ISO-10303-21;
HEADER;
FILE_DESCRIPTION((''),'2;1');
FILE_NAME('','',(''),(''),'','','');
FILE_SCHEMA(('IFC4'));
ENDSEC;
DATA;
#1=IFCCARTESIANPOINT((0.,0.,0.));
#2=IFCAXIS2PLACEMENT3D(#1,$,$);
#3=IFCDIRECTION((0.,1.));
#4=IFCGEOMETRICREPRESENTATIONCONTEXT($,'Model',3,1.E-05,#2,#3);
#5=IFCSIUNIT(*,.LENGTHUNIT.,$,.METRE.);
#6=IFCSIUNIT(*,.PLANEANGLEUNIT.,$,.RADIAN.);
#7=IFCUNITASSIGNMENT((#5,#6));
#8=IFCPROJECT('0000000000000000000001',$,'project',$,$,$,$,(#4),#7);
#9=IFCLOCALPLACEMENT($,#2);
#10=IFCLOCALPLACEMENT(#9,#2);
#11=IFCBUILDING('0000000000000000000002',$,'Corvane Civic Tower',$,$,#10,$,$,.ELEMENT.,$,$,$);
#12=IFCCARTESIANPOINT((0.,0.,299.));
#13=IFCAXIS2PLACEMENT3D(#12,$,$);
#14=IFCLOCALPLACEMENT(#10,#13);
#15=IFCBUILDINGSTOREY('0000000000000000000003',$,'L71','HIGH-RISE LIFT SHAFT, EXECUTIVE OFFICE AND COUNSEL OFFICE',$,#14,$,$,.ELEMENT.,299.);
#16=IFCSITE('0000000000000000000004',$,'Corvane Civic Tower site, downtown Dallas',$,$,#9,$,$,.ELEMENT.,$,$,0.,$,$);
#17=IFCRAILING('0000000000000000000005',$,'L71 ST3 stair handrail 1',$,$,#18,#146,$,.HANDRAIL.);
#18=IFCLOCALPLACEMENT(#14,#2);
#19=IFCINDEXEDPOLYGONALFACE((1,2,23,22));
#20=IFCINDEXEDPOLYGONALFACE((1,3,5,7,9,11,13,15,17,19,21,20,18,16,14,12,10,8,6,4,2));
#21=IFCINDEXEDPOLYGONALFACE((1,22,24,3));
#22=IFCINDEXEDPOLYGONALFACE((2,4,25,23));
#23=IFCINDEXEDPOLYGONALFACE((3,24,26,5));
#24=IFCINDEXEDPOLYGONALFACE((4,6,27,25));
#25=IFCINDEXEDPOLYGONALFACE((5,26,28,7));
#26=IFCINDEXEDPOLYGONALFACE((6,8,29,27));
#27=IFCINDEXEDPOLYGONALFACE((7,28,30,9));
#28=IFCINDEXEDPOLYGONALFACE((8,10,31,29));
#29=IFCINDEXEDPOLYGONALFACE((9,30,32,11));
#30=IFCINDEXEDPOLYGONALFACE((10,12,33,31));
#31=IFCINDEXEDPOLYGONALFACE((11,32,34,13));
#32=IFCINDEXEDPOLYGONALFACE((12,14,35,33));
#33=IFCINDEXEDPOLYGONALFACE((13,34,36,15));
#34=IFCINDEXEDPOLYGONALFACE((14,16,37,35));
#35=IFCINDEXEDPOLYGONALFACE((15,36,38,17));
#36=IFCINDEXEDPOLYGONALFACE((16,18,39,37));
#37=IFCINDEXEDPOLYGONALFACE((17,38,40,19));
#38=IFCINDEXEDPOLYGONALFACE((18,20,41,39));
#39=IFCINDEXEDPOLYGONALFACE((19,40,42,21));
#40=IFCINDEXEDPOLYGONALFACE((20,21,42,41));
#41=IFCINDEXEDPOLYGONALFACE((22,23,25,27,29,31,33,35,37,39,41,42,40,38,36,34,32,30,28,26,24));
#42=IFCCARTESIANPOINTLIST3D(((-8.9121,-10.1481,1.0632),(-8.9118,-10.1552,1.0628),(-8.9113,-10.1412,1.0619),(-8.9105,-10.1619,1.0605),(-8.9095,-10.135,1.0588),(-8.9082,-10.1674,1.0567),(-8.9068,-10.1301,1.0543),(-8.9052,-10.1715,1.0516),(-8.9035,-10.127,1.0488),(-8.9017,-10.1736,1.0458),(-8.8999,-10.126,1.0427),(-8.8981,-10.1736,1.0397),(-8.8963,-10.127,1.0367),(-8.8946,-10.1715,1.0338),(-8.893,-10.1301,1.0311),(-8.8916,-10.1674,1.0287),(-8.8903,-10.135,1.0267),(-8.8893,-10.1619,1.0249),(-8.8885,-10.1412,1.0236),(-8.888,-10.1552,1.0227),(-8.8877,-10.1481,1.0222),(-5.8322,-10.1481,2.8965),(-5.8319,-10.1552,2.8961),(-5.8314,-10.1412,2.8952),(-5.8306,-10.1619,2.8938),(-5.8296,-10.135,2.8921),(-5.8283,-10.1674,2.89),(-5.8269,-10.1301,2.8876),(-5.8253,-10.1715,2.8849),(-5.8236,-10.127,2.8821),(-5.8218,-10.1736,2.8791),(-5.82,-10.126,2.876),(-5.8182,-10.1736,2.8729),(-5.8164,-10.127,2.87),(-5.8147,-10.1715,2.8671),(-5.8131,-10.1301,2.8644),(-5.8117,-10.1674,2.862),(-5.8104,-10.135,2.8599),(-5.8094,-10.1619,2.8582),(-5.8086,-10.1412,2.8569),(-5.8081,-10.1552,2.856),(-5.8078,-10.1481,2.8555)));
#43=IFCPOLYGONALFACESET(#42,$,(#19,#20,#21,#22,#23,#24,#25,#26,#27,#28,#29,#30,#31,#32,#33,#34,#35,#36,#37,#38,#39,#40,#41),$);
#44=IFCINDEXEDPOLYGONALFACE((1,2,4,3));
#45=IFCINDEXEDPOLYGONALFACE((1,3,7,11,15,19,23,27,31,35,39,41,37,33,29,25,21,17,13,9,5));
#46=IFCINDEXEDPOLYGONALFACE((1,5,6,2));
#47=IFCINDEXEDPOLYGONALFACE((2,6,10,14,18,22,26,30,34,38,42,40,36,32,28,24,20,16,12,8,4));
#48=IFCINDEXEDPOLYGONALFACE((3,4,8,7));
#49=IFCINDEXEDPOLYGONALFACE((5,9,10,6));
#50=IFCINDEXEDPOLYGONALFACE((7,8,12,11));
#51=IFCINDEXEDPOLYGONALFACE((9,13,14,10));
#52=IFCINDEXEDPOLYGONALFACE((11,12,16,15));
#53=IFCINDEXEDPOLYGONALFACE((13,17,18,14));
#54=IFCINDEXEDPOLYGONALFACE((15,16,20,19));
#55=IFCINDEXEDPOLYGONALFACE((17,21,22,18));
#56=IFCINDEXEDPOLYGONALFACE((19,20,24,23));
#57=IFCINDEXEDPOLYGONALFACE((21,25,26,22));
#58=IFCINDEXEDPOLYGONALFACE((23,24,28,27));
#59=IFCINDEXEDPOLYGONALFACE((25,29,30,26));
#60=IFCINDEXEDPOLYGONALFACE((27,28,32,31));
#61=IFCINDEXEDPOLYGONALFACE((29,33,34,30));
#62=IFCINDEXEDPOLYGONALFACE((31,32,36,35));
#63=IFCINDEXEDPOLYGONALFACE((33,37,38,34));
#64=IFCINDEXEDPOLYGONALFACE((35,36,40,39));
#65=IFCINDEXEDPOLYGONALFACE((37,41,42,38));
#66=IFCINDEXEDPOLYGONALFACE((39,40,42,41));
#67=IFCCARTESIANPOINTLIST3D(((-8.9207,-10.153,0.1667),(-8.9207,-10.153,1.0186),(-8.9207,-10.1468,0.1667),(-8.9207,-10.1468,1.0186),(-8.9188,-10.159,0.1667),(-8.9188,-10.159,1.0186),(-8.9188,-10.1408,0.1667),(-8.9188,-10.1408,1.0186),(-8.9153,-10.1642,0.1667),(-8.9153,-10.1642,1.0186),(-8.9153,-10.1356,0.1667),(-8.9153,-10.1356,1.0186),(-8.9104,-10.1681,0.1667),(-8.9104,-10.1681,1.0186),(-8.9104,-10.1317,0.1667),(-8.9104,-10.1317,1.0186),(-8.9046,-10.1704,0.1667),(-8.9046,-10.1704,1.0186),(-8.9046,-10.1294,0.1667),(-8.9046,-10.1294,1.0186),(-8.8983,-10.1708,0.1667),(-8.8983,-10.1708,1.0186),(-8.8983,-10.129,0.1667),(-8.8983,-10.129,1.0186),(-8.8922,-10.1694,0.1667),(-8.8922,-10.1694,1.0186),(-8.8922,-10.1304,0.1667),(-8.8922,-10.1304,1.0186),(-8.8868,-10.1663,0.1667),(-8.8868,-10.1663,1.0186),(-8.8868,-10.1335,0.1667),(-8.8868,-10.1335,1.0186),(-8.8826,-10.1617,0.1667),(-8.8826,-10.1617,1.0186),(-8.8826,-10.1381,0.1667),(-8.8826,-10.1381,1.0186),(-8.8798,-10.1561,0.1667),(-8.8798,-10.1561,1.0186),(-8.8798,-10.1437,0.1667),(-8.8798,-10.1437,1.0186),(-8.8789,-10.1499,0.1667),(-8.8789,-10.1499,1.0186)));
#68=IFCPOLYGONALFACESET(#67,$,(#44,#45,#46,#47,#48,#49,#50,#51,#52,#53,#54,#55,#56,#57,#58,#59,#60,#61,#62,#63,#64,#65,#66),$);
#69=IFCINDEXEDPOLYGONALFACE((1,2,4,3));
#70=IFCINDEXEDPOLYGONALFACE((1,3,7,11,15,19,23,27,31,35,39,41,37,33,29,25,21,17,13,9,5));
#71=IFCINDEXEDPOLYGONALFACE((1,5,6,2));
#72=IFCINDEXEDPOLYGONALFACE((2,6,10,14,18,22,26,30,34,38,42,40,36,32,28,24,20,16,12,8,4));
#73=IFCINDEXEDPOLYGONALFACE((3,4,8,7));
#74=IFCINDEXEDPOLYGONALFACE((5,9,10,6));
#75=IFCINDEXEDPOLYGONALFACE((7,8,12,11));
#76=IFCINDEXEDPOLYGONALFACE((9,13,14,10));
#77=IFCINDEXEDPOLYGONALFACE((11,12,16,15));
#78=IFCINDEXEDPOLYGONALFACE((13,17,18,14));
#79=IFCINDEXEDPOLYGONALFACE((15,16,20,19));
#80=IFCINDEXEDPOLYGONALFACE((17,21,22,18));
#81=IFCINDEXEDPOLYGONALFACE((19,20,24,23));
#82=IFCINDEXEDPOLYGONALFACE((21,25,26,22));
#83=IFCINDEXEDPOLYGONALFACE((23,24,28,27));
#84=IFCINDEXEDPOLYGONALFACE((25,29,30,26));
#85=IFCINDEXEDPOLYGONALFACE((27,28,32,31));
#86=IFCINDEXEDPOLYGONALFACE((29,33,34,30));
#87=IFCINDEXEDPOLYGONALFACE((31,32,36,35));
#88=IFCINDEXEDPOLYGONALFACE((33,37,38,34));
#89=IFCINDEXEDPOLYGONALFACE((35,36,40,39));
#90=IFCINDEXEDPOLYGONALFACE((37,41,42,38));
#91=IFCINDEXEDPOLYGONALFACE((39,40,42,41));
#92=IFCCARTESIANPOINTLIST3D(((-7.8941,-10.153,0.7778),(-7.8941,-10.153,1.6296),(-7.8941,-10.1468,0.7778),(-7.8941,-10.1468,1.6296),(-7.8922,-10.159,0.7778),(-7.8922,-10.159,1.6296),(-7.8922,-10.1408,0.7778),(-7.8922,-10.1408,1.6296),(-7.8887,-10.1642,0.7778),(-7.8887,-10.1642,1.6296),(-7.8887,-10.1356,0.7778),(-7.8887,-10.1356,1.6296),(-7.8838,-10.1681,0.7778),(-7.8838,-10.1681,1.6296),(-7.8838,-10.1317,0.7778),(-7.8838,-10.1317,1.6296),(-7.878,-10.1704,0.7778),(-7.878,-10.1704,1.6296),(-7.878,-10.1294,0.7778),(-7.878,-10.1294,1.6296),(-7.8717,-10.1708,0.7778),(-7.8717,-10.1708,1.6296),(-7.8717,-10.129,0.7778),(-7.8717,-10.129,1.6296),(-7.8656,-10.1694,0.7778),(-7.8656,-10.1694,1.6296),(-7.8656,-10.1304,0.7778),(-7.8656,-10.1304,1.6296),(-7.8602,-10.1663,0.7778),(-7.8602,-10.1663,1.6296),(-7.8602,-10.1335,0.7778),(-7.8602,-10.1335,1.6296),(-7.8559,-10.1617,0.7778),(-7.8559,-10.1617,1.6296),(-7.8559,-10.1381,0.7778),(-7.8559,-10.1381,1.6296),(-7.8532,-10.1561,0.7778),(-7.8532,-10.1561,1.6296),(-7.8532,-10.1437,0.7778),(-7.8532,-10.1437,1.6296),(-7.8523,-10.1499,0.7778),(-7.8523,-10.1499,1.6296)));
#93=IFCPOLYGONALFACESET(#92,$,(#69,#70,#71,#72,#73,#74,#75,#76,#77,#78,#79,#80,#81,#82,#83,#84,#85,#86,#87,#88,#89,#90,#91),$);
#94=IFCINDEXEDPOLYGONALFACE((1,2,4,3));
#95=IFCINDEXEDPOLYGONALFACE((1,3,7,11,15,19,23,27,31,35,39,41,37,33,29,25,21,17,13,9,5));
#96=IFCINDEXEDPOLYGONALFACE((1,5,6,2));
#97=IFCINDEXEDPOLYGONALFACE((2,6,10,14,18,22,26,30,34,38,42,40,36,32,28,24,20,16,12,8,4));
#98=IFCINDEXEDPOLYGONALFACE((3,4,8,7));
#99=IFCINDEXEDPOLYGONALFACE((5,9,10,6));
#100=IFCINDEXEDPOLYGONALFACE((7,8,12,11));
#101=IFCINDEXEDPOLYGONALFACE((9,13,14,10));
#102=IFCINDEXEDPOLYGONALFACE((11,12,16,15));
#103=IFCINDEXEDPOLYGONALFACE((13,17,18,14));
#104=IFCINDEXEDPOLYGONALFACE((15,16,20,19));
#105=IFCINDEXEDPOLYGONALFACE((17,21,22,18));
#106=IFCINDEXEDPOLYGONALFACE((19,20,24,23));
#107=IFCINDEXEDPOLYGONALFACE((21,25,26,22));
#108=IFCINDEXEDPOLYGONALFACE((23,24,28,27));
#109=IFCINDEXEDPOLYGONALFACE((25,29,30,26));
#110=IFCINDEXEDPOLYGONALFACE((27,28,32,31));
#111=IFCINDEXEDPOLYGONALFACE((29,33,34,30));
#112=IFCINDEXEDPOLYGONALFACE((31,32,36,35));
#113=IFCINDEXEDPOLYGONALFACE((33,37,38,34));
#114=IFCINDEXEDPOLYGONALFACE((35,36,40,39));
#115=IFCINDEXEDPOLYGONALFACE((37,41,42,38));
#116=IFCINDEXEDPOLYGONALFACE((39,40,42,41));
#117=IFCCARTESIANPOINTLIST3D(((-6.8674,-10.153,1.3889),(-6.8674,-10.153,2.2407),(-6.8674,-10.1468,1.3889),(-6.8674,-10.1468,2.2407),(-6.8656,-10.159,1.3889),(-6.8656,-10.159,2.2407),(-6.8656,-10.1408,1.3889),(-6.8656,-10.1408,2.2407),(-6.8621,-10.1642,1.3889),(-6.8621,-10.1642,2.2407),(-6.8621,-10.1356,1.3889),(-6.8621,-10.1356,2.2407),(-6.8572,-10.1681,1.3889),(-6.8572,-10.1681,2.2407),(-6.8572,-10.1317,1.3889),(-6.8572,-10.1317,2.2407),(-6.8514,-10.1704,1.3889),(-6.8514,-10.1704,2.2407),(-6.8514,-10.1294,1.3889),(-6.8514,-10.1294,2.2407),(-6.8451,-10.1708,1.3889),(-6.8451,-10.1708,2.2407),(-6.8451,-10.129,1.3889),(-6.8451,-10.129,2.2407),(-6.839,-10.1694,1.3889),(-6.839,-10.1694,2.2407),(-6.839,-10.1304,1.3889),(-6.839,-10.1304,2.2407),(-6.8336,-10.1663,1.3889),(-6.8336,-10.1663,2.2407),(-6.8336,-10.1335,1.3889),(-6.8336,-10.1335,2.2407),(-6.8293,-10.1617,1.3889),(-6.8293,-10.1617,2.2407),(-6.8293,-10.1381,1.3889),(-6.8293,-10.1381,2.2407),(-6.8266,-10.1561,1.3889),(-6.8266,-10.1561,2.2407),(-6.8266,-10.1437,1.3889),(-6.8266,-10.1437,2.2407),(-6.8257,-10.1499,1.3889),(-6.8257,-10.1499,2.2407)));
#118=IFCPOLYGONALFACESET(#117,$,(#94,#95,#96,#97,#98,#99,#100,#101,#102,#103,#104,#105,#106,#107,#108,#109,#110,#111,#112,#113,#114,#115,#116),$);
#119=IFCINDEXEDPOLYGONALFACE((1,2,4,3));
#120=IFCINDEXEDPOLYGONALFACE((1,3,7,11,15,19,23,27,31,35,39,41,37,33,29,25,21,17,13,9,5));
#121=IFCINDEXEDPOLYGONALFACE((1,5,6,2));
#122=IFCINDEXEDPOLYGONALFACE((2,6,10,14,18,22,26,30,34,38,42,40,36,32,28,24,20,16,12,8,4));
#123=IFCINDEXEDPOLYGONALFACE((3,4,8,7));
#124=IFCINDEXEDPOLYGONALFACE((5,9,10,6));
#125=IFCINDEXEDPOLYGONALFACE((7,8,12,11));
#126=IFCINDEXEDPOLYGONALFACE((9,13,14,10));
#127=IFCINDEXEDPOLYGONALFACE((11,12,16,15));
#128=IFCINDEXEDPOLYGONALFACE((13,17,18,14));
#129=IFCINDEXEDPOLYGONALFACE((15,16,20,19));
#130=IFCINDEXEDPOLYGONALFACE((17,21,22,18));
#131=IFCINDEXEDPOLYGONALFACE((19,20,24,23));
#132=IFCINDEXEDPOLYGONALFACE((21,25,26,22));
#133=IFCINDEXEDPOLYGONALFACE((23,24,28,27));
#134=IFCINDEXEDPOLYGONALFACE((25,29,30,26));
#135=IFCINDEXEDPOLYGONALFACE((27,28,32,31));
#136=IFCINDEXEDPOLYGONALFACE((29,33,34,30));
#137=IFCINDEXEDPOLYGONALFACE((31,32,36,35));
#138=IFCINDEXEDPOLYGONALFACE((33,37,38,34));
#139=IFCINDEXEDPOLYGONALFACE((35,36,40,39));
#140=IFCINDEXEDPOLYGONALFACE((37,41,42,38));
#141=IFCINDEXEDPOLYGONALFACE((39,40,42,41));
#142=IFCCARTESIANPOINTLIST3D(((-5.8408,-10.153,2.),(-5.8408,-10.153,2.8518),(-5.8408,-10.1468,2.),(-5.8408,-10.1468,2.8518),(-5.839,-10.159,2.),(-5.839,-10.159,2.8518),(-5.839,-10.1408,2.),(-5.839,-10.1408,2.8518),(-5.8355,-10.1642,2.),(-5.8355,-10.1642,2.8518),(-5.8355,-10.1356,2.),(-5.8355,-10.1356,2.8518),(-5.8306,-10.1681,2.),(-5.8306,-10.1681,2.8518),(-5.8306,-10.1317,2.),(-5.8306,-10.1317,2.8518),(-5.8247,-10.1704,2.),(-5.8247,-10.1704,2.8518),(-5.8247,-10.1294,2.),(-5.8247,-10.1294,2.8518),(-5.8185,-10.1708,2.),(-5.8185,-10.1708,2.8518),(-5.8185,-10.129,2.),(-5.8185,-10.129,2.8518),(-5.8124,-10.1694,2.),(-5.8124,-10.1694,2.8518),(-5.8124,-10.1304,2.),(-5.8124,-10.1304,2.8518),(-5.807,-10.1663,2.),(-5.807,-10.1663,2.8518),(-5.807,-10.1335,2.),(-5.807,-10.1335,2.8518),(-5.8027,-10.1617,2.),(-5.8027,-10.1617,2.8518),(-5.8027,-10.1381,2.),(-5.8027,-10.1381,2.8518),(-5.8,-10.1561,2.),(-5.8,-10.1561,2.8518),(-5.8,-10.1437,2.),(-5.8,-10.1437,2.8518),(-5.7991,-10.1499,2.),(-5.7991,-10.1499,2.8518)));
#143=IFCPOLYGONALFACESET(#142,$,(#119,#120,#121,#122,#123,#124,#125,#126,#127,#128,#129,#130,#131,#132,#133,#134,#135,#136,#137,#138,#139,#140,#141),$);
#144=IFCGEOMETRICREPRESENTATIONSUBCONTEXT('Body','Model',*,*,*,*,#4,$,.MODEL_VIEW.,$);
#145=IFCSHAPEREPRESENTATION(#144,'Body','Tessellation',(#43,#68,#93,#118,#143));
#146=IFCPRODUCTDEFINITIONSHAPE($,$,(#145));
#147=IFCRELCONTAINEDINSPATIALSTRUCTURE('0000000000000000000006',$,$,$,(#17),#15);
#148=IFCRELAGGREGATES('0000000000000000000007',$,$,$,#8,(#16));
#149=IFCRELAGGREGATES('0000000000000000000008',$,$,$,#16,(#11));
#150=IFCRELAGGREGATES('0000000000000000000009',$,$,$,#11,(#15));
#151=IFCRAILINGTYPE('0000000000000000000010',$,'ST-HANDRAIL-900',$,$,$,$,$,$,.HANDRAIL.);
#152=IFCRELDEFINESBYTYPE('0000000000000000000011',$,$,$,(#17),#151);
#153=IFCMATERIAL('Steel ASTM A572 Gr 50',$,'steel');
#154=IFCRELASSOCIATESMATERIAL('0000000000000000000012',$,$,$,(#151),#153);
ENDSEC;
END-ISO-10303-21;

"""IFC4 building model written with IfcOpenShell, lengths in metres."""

from ifc_helpers import new_model, si_unit, direction, frame, origin, origin_2d, place, context, subcontext, project, spatial, circle, extrude, material, type_object, element, save


model = new_model("IFC4")

# Units and contexts
model_context = context("Model", 3, precision=1e-05, world=origin(), true_north=direction((0.0, 1.0)))
body_context = subcontext(model_context, "Body", "Model", "MODEL_VIEW")
ifc_project = project(units=[si_unit("LENGTHUNIT", "METRE"), si_unit("PLANEANGLEUNIT", "RADIAN")], contexts=[model_context])

# Site, building, storey
site_placement = place(None, origin())
site = spatial("IfcSite", under=ifc_project, at=site_placement, Name="Corvane Civic Tower site, downtown Dallas", CompositionType="ELEMENT", RefElevation=0.0)
building_placement = place(site_placement, origin())
building = spatial("IfcBuilding", under=site, at=building_placement, Name="Corvane Civic Tower", CompositionType="ELEMENT")
storey_placement = place(building_placement, frame((0.0, 0.0, 299.0)))
storey = spatial("IfcBuildingStorey", under=building, at=storey_placement, Name="L71", Description="HIGH-RISE LIFT SHAFT, EXECUTIVE OFFICE AND COUNSEL OFFICE", CompositionType="ELEMENT", Elevation=299.0)

# Railing
ifc_material_1 = material(Name="Steel ASTM A572 Gr 50", Category="steel")
railing_type_1 = type_object("IfcRailingType", Name="ST-HANDRAIL-900", PredefinedType="HANDRAIL", material=ifc_material_1)
railing_1_placement = place(storey_placement, frame((-8.8999, -10.1499, 0.1667)))
element("IfcRailing", 1, at=railing_1_placement, inside=storey, type_object=railing_type_1, Name="L71 ST3 stair handrail 1", PredefinedType="HANDRAIL", context=body_context, shape_type="SweptSolid", body=[
    extrude(circle(Radius=0.0239, at=origin_2d()), frame((0.0, 0.0, 0.876), z_axis=(0.859291, 0.0, 0.511487), x_axis=(0.0, 1.0, 0.0)), (0.0, 0.0, 1.0), 3.5842),
    extrude(circle(Radius=0.021, at=origin_2d()), origin(), (0.0, 0.0, 1.0), 0.8518),
    extrude(circle(Radius=0.021, at=origin_2d()), frame((1.0266, 0.0, 0.6111)), (0.0, 0.0, 1.0), 0.8518),
    extrude(circle(Radius=0.021, at=origin_2d()), frame((2.0532, 0.0, 1.2222)), (0.0, 0.0, 1.0), 0.8518),
    extrude(circle(Radius=0.021, at=origin_2d()), frame((3.0798, 0.0, 1.8333)), (0.0, 0.0, 1.0), 0.8518),
])

save(model, "model.ifc")
